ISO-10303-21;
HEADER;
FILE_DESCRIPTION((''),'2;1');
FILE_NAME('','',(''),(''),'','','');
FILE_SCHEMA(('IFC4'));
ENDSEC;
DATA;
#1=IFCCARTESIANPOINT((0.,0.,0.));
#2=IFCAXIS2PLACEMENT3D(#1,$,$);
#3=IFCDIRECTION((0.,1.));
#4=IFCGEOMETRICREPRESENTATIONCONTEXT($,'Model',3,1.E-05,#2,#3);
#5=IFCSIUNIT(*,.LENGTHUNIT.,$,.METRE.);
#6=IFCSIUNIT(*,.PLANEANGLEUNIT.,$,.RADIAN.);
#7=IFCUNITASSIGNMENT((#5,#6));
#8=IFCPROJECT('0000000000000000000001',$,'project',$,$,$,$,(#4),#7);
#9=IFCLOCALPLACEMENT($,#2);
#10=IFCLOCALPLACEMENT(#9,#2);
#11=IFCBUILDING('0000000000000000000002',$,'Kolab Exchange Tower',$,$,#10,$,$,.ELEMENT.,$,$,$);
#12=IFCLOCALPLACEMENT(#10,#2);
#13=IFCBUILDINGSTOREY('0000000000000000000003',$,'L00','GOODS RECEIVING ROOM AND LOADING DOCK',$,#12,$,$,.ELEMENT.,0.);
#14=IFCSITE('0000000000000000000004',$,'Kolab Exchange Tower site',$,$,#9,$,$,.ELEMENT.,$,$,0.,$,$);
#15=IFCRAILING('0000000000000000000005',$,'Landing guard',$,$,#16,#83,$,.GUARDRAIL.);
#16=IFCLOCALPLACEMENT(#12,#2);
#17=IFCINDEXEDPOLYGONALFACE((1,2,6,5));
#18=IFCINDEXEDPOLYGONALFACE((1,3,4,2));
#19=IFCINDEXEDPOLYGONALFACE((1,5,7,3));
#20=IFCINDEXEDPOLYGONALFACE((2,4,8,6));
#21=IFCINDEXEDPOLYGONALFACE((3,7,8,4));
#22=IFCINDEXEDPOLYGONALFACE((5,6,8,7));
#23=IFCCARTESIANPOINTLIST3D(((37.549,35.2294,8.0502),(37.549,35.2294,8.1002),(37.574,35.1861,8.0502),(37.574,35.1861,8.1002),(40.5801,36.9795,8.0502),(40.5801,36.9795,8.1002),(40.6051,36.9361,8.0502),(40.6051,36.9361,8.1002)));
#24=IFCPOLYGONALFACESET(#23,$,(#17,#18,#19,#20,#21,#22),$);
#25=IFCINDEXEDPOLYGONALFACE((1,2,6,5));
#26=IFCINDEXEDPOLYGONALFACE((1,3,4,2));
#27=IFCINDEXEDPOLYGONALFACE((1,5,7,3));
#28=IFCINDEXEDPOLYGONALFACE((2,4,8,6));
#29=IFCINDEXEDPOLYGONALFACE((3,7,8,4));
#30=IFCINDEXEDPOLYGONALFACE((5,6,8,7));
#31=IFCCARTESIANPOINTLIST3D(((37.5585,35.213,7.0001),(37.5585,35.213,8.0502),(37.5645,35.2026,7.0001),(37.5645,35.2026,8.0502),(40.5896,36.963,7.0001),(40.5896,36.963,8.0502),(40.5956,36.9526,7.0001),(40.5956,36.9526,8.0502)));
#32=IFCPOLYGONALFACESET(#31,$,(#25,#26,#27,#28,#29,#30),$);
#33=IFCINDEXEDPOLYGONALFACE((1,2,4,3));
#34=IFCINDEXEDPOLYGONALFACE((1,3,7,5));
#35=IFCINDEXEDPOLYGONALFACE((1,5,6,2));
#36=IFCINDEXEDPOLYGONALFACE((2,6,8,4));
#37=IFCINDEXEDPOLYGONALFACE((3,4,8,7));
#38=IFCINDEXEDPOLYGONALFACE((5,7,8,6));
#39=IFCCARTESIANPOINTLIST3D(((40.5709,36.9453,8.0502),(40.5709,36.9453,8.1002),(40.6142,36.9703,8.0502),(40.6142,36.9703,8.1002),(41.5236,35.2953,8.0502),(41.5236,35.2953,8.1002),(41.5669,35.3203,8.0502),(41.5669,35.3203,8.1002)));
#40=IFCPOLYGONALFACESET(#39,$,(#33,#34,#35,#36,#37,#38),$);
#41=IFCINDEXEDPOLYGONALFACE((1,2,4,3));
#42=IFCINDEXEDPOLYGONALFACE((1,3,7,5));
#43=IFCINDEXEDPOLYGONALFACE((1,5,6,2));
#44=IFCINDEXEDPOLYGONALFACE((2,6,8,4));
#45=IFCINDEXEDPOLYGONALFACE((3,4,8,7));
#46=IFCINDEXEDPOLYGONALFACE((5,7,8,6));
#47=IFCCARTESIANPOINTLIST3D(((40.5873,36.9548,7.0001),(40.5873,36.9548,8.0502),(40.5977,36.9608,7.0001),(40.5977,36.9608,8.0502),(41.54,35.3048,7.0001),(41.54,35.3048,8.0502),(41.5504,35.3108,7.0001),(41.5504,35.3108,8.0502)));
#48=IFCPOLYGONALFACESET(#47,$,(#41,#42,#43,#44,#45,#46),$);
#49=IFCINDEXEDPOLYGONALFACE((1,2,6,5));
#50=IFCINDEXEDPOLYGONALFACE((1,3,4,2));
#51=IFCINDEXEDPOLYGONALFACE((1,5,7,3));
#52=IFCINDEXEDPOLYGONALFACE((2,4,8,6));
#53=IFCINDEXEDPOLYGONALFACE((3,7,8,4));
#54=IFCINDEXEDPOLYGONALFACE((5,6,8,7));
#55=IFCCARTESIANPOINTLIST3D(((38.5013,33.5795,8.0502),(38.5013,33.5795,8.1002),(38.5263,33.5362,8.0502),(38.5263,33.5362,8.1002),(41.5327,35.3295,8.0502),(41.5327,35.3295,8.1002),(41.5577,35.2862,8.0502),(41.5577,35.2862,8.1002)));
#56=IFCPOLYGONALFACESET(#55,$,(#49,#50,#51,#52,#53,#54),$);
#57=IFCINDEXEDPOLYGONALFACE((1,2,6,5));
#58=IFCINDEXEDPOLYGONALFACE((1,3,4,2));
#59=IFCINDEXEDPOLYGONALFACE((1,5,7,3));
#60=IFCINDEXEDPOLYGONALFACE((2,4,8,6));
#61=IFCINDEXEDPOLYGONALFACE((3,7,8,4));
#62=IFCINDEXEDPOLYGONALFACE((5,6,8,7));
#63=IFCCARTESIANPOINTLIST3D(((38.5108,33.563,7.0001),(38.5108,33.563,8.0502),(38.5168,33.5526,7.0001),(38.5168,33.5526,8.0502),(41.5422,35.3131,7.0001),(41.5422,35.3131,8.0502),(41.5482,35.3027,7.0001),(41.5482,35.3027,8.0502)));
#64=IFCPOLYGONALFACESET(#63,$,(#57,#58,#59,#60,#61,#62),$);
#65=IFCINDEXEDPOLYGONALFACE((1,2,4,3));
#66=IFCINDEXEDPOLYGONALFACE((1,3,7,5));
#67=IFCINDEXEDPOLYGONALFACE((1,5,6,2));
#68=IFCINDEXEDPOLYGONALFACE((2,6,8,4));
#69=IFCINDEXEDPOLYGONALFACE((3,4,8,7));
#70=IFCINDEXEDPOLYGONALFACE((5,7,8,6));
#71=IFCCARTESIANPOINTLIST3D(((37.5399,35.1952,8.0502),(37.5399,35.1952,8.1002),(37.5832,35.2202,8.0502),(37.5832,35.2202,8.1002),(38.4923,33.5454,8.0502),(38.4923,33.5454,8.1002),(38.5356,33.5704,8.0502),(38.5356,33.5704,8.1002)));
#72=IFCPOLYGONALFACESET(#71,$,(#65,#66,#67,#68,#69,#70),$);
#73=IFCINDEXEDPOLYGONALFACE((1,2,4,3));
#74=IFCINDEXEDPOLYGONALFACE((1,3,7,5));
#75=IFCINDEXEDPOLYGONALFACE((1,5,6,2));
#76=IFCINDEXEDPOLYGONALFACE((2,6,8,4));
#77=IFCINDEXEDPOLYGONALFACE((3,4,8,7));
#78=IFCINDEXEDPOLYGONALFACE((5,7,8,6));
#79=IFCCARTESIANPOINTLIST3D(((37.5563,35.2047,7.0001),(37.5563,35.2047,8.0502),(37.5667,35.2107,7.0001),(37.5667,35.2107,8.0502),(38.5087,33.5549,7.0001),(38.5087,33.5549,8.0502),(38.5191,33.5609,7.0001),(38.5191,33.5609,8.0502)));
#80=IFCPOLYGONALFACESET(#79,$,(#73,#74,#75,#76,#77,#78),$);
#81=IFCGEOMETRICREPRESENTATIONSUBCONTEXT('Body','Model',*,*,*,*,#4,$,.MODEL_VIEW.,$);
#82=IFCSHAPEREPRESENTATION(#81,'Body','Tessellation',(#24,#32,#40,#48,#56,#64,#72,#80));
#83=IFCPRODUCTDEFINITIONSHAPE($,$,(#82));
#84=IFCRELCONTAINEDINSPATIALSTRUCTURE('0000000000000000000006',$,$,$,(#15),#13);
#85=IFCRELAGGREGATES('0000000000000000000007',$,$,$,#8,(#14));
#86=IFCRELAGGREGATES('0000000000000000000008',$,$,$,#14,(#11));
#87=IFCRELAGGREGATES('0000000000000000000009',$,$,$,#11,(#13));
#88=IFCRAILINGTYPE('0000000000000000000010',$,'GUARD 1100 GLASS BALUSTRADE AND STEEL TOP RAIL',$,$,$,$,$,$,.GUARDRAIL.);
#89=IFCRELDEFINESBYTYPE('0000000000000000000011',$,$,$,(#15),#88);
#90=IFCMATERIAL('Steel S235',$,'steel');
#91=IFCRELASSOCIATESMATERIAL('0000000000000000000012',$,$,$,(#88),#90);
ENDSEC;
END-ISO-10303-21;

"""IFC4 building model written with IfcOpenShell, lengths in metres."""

from ifc_helpers import new_model, si_unit, direction, frame, frame_2d, origin, origin_2d, place, context, subcontext, project, spatial, rectangle, extrude, material, type_object, element, save


model = new_model("IFC4")

# Units and contexts
model_context = context("Model", 3, precision=1e-05, world=origin(), true_north=direction((0.0, 1.0)))
body_context = subcontext(model_context, "Body", "Model", "MODEL_VIEW")
ifc_project = project(units=[si_unit("LENGTHUNIT", "METRE"), si_unit("PLANEANGLEUNIT", "RADIAN")], contexts=[model_context])

# Site, building, storey
site_placement = place(None, origin())
site = spatial("IfcSite", under=ifc_project, at=site_placement, Name="Kolab Exchange Tower site", CompositionType="ELEMENT", RefElevation=0.0)
building_placement = place(site_placement, origin())
building = spatial("IfcBuilding", under=site, at=building_placement, Name="Kolab Exchange Tower", CompositionType="ELEMENT")
storey_placement = place(building_placement, origin())
storey = spatial("IfcBuildingStorey", under=building, at=storey_placement, Name="L00", Description="GOODS RECEIVING ROOM AND LOADING DOCK", CompositionType="ELEMENT", Elevation=0.0)

# Railing
ifc_material_1 = material(Name="Steel S235", Category="steel")
railing_type = type_object("IfcRailingType", Name="GUARD 1100 GLASS BALUSTRADE AND STEEL TOP RAIL", PredefinedType="GUARDRAIL", material=ifc_material_1)
railing_placement = place(storey_placement, frame((37.5615, 35.2078, 7.0)))
element("IfcRailing", 1, at=railing_placement, inside=storey, type_object=railing_type, Name="Landing guard", PredefinedType="GUARDRAIL", context=body_context, shape_type="SweptSolid", body=[
    extrude(rectangle(XDim=0.05, YDim=0.05, at=origin_2d()), frame((0.0, 0.0, 1.0752), z_axis=(0.866019, 0.50001, 0.0), x_axis=(-0.50001, 0.866019, 0.0)), (0.0, 0.0, 1.0), 3.5),
    extrude(rectangle(XDim=0.012, YDim=1.0501, at=frame_2d((0.0, 0.5251))), frame((0.0, 0.0, 0.0), z_axis=(0.866019, 0.50001, 0.0), x_axis=(-0.50001, 0.866019, 0.0)), (0.0, 0.0, 1.0), 3.5),
    extrude(rectangle(XDim=0.05, YDim=0.05, at=origin_2d()), frame((3.031, 1.75, 1.0752), z_axis=(0.500026, -0.866011, 0.0), x_axis=(0.866011, 0.500026, 0.0)), (0.0, 0.0, 1.0), 1.9053),
    extrude(rectangle(XDim=0.012, YDim=1.0501, at=frame_2d((0.0, 0.5251))), frame((3.031, 1.75, 0.0), z_axis=(0.500026, -0.866011, 0.0), x_axis=(0.866011, 0.500026, 0.0)), (0.0, 0.0, 1.0), 1.9053),
    extrude(rectangle(XDim=0.05, YDim=0.05, at=origin_2d()), frame((3.9836, 0.1001, 1.0752), z_axis=(-0.866037, -0.49998, 0.0), x_axis=(0.49998, -0.866037, 0.0)), (0.0, 0.0, 1.0), 3.5002),
    extrude(rectangle(XDim=0.012, YDim=1.0501, at=frame_2d((0.0, 0.5251))), frame((3.9836, 0.1001, 0.0), z_axis=(-0.866037, -0.49998, 0.0), x_axis=(0.49998, -0.866037, 0.0)), (0.0, 0.0, 1.0), 3.5002),
    extrude(rectangle(XDim=0.05, YDim=0.05, at=origin_2d()), frame((0.9524, -1.6499, 1.0752), z_axis=(-0.49993, 0.866066, 0.0), x_axis=(-0.866066, -0.49993, 0.0)), (0.0, 0.0, 1.0), 1.905),
    extrude(rectangle(XDim=0.012, YDim=1.0501, at=frame_2d((0.0, 0.5251))), frame((0.9524, -1.6499, 0.0), z_axis=(-0.49993, 0.866066, 0.0), x_axis=(-0.866066, -0.49993, 0.0)), (0.0, 0.0, 1.0), 1.905),
])

save(model, "model.ifc")
